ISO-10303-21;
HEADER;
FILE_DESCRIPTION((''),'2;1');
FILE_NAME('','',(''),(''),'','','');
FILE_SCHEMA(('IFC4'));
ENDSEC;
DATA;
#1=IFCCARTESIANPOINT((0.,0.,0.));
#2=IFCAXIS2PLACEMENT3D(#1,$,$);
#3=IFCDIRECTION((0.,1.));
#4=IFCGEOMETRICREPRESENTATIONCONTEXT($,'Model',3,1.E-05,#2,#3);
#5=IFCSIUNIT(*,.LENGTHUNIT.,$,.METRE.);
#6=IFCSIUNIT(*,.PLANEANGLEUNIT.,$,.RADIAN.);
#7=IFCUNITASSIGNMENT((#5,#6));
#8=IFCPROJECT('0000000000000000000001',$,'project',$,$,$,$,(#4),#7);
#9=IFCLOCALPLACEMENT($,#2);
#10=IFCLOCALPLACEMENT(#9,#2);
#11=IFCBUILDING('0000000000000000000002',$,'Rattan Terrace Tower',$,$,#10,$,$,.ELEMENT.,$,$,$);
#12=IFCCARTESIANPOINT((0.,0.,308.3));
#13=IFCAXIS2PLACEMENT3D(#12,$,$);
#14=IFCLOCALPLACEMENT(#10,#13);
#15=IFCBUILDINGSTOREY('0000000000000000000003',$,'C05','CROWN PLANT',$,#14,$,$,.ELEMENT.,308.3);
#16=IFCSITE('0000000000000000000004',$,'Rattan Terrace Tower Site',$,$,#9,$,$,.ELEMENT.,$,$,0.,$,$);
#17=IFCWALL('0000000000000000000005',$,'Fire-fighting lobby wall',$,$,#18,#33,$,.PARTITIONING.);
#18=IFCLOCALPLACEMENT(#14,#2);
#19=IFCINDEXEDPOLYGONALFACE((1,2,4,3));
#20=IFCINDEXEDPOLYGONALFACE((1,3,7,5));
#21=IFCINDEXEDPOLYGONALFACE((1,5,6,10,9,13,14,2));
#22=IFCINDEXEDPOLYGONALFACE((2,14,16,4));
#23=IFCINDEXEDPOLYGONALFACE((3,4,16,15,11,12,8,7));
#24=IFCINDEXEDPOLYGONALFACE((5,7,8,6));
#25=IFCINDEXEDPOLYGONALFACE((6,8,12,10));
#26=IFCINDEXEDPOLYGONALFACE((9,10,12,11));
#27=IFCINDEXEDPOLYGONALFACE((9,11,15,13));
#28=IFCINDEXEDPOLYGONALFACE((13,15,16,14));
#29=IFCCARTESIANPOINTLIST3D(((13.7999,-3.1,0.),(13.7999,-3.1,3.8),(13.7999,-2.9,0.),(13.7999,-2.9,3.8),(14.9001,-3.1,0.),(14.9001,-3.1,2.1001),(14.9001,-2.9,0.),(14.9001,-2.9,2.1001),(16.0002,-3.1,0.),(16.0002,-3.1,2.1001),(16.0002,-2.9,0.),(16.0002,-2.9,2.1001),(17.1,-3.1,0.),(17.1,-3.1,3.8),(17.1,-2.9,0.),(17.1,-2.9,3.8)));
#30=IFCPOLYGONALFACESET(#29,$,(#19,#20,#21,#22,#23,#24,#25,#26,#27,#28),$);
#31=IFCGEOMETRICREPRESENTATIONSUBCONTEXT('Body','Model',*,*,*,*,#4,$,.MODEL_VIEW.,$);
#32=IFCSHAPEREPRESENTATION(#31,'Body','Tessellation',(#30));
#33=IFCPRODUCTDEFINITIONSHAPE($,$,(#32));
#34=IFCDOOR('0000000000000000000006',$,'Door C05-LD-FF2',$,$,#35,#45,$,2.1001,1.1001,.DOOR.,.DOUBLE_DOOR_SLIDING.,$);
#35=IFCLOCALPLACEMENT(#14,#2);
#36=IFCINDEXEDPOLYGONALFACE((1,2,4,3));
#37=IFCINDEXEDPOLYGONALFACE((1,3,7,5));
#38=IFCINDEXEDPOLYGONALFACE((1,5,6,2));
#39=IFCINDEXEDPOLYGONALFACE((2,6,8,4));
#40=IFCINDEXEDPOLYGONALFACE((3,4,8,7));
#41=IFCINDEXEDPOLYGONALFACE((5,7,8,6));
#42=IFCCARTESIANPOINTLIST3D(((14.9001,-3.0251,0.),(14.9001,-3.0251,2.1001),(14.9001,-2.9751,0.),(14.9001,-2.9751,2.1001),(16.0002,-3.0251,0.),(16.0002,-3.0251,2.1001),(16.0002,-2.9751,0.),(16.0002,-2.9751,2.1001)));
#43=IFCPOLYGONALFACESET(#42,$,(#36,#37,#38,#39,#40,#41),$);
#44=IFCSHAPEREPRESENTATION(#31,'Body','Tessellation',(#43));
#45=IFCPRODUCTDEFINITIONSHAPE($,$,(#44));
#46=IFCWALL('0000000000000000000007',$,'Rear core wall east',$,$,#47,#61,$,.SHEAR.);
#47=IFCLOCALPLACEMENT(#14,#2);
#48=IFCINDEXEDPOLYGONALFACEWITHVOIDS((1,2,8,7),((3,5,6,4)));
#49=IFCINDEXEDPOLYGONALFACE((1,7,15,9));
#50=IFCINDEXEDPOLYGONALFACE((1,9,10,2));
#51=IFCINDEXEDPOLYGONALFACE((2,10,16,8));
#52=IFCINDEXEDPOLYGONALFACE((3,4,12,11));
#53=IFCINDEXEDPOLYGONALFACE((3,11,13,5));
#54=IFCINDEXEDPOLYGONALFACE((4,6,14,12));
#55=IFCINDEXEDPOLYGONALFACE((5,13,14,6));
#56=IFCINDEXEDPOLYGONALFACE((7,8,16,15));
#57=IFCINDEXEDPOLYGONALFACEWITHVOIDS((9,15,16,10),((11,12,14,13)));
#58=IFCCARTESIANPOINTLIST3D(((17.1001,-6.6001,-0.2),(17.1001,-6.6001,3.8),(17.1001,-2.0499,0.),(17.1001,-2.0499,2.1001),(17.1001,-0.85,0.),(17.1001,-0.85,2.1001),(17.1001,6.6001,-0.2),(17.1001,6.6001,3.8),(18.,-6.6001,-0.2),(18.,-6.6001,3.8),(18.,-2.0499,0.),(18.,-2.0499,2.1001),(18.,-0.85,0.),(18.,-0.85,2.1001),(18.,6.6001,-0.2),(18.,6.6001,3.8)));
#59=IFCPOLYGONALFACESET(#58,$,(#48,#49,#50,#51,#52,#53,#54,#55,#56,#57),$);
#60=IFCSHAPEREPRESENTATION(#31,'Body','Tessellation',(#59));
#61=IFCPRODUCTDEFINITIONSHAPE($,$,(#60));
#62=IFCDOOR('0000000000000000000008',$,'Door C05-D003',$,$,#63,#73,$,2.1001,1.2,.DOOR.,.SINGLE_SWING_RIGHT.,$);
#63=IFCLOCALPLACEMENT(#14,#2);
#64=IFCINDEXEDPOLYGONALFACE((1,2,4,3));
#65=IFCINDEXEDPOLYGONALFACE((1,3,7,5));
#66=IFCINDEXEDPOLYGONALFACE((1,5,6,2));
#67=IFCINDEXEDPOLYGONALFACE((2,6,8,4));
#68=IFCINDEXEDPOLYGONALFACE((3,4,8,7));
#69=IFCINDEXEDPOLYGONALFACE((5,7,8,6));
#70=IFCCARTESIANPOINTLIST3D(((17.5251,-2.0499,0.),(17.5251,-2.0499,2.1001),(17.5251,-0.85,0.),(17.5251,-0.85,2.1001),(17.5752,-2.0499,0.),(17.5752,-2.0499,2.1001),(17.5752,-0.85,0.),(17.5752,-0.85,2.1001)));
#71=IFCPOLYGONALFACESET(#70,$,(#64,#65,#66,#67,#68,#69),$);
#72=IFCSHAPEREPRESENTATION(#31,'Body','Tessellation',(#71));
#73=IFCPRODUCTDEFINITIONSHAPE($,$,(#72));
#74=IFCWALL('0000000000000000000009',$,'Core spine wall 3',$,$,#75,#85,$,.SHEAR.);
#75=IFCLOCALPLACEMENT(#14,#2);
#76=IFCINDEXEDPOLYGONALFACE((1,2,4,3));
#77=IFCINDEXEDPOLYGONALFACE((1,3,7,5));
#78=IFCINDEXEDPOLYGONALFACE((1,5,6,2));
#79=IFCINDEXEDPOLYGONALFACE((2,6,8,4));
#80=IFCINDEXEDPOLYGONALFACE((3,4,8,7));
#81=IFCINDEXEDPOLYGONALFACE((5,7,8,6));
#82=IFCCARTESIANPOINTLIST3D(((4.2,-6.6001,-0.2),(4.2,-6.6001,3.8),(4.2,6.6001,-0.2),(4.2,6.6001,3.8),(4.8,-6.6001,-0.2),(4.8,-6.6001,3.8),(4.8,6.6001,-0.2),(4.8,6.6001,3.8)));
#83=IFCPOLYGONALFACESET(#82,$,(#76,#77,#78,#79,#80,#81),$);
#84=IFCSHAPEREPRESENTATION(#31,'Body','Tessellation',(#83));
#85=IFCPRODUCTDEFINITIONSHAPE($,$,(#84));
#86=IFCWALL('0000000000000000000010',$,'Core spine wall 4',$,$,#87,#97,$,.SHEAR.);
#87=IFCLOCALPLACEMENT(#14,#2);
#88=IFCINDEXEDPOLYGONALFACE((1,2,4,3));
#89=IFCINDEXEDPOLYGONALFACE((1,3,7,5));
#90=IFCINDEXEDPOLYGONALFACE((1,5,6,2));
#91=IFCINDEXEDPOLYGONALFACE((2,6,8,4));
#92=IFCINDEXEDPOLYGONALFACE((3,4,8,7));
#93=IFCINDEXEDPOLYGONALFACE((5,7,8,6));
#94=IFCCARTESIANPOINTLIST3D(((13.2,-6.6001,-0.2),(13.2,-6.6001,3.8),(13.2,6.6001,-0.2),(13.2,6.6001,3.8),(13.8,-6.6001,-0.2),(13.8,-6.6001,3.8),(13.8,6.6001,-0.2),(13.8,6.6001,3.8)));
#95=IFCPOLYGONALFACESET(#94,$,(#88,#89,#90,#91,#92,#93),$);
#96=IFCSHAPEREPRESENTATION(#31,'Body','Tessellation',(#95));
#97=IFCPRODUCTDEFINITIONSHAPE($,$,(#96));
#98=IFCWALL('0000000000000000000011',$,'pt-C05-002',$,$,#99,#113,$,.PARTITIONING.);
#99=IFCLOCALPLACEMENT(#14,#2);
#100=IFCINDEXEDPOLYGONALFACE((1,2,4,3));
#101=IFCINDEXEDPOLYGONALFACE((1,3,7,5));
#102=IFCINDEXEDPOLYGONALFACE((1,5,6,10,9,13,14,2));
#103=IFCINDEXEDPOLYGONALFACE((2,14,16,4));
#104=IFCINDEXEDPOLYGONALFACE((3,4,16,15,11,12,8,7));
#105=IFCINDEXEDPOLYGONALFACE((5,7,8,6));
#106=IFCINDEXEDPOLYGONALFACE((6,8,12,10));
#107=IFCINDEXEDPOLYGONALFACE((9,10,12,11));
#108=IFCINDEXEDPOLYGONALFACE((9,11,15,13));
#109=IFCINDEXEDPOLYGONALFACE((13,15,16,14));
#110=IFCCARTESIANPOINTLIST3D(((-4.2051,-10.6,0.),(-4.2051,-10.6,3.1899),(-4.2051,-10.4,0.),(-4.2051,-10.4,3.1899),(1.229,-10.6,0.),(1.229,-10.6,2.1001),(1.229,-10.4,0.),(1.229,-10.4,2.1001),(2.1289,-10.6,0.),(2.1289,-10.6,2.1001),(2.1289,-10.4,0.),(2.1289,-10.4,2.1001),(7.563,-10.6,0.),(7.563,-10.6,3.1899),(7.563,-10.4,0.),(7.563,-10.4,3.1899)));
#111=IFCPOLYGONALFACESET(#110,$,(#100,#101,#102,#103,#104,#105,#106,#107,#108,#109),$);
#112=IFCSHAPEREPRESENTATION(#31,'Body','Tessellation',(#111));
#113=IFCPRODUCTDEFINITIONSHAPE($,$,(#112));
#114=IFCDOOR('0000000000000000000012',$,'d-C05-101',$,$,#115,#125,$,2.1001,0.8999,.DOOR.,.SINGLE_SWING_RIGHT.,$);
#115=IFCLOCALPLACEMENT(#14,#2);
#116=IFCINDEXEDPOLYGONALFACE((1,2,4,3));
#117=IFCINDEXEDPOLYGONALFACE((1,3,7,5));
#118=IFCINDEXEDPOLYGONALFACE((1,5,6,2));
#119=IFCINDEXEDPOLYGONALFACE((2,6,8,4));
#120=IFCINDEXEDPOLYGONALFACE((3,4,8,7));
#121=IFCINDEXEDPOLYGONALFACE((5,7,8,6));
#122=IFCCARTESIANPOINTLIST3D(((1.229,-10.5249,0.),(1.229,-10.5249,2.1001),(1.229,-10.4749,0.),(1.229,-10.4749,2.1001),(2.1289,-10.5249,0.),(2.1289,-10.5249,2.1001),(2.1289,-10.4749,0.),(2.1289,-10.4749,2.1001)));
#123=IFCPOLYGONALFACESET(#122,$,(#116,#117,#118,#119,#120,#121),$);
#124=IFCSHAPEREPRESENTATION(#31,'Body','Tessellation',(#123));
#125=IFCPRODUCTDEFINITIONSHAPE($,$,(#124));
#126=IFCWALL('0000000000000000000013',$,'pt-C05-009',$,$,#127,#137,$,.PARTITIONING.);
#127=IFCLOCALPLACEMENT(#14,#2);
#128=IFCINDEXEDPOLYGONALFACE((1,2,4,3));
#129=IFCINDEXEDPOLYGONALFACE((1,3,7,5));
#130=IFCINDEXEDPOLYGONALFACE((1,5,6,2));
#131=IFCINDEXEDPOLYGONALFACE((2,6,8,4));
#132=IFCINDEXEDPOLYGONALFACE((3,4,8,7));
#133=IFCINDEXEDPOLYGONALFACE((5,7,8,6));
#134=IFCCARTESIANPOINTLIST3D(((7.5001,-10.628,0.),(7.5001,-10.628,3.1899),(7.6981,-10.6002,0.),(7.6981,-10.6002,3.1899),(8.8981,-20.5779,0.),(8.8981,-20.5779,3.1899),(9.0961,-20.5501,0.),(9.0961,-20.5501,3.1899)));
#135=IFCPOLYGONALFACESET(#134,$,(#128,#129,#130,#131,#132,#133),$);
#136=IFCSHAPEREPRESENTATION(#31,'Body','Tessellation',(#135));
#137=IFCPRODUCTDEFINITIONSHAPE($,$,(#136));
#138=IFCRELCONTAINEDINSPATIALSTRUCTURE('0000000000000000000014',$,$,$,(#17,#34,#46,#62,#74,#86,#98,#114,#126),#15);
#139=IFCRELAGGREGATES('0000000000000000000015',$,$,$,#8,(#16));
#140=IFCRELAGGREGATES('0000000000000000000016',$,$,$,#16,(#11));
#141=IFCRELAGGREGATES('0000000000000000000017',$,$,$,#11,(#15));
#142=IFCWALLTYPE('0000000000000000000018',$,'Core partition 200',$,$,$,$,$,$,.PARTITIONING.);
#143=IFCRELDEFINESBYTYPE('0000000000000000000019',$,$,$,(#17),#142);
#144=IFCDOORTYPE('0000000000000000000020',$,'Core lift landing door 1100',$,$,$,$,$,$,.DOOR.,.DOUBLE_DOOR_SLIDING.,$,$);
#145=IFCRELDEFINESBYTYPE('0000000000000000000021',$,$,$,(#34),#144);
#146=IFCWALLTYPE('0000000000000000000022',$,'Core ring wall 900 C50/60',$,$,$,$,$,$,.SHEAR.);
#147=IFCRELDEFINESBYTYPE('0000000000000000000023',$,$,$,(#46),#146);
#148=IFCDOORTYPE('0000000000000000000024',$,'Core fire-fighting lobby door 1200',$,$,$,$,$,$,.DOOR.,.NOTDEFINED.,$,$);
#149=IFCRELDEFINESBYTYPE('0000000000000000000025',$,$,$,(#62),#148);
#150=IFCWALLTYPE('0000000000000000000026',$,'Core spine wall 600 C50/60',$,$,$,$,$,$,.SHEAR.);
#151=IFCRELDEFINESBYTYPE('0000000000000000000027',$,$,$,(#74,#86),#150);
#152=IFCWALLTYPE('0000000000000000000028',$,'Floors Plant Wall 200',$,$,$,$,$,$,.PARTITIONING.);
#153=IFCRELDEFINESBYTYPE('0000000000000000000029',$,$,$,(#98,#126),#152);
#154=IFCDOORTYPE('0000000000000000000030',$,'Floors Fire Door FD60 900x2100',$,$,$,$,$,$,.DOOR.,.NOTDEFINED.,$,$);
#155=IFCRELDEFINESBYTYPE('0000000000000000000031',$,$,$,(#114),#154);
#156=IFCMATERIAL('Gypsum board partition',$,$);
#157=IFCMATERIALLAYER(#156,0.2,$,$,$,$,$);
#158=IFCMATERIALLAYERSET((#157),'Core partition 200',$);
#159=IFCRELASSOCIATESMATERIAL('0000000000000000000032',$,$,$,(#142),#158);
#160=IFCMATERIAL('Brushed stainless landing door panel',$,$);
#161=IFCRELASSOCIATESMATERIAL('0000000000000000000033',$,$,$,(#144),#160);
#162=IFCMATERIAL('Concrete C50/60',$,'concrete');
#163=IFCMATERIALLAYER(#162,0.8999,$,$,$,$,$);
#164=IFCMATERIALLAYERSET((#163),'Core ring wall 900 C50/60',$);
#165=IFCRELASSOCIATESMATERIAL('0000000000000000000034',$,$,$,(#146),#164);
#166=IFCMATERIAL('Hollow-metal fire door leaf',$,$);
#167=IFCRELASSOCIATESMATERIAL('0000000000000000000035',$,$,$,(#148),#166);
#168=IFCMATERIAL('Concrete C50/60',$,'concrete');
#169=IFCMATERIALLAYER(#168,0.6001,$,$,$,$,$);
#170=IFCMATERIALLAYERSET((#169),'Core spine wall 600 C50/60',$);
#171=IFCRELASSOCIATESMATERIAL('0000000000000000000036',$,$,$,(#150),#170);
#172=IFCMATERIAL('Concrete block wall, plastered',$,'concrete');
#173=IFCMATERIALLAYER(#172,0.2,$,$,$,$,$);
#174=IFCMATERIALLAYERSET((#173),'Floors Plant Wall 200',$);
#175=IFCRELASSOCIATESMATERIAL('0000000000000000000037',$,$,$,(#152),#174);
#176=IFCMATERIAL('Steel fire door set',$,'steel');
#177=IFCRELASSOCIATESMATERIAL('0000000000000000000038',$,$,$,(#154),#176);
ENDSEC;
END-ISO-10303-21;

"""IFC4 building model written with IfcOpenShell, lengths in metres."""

from ifc_helpers import new_model, si_unit, direction, frame, frame_2d, origin, place, context, subcontext, project, spatial, rectangle, extrude, material, layer, layer_set, type_object, element, fill, save


model = new_model("IFC4")

# Units and contexts
model_context = context("Model", 3, precision=1e-05, world=origin(), true_north=direction((0.0, 1.0)))
body_context = subcontext(model_context, "Body", "Model", "MODEL_VIEW")
ifc_project = project(units=[si_unit("LENGTHUNIT", "METRE"), si_unit("PLANEANGLEUNIT", "RADIAN")], contexts=[model_context])

# Site, building, storey
site_placement = place(None, origin())
site = spatial("IfcSite", under=ifc_project, at=site_placement, Name="Rattan Terrace Tower Site", CompositionType="ELEMENT", RefElevation=0.0)
building_placement = place(site_placement, origin())
building = spatial("IfcBuilding", under=site, at=building_placement, Name="Rattan Terrace Tower", CompositionType="ELEMENT")
storey_placement = place(building_placement, frame((0.0, 0.0, 308.3)))
storey = spatial("IfcBuildingStorey", under=building, at=storey_placement, Name="C05", Description="CROWN PLANT", CompositionType="ELEMENT", Elevation=308.3)

# Walls, openings, doors
ifc_material_1 = material(Name="Gypsum board partition")
ifc_layer_1 = layer(ifc_material_1, 0.2)
ifc_layer_set_1 = layer_set([ifc_layer_1], Name="Core partition 200")
wall_type_1 = type_object("IfcWallType", Name="Core partition 200", PredefinedType="PARTITIONING", material=ifc_layer_set_1)
wall_1_placement = place(storey_placement, frame((13.8, -3.0, 0.0), z_axis=(0.0, 0.0, 1.0), x_axis=(1.0, 0.0, 0.0)))
wall_1 = element("IfcWall", 1, at=wall_1_placement, inside=storey, type_object=wall_type_1, Name="Fire-fighting lobby wall", PredefinedType="PARTITIONING", context=body_context, shape_type="SweptSolid", body=[
    extrude(rectangle(XDim=3.3, YDim=0.2, at=frame_2d((1.6499, 0.0))), origin(), (0.0, 0.0, 1.0), 3.8),
])
opening_1_placement = place(wall_1_placement, frame((1.1001, 0.0, 0.0)))
opening_1 = element("IfcOpeningElement", 2, at=opening_1_placement, cuts=wall_1, PredefinedType="OPENING", context=body_context, shape_type="SweptSolid", body=[
    extrude(rectangle(XDim=1.1001, YDim=2.1001, at=frame_2d((0.55, 1.05))), frame((0.0, 0.1106, 0.0), z_axis=(0.0, -1.0, 0.0), x_axis=(1.0, 0.0, 0.0)), (0.0, 0.0, 1.0), 0.2209),
])
ifc_material_2 = material(Name="Brushed stainless landing door panel")
door_type_1 = type_object("IfcDoorType", Name="Core lift landing door 1100", OperationType="DOUBLE_DOOR_SLIDING", PredefinedType="DOOR", material=ifc_material_2)
door_1_placement = place(opening_1_placement, origin())
door_1 = element("IfcDoor", 3, at=door_1_placement, inside=storey, type_object=door_type_1, Name="Door C05-LD-FF2", OperationType="DOUBLE_DOOR_SLIDING", OverallHeight=2.1001, OverallWidth=1.1001, PredefinedType="DOOR", context=body_context, shape_type="SweptSolid", body=[
    extrude(rectangle(XDim=1.1001, YDim=2.1001, at=frame_2d((0.55, 1.05))), frame((0.0, 0.0249, 0.0), z_axis=(0.0, -1.0, 0.0), x_axis=(1.0, 0.0, 0.0)), (0.0, 0.0, 1.0), 0.05),
])
fill(opening_1, door_1)
ifc_material_3 = material(Name="Concrete C50/60", Category="concrete")
ifc_layer_2 = layer(ifc_material_3, 0.8999)
ifc_layer_set_2 = layer_set([ifc_layer_2], Name="Core ring wall 900 C50/60")
wall_type_2 = type_object("IfcWallType", Name="Core ring wall 900 C50/60", PredefinedType="SHEAR", material=ifc_layer_set_2)
wall_2_placement = place(storey_placement, frame((17.55, -6.6001, -0.2), z_axis=(0.0, 0.0, 1.0), x_axis=(0.0, 1.0, 0.0)))
wall_2 = element("IfcWall", 4, at=wall_2_placement, inside=storey, type_object=wall_type_2, Name="Rear core wall east", PredefinedType="SHEAR", context=body_context, shape_type="SweptSolid", body=[
    extrude(rectangle(XDim=13.2002, YDim=0.8999, at=frame_2d((6.6001, 0.0))), origin(), (0.0, 0.0, 1.0), 4.0),
])
opening_2_placement = place(wall_2_placement, frame((4.55, 0.0, 0.2)))
opening_2 = element("IfcOpeningElement", 5, at=opening_2_placement, cuts=wall_2, PredefinedType="OPENING", context=body_context, shape_type="SweptSolid", body=[
    extrude(rectangle(XDim=1.2, YDim=2.1001, at=frame_2d((0.6001, 1.05))), frame((0.0, 0.4604, 0.0), z_axis=(0.0, -1.0, 0.0), x_axis=(1.0, 0.0, 0.0)), (0.0, 0.0, 1.0), 0.9209),
])
ifc_material_4 = material(Name="Hollow-metal fire door leaf")
door_type_2 = type_object("IfcDoorType", Name="Core fire-fighting lobby door 1200", OperationType="NOTDEFINED", PredefinedType="DOOR", material=ifc_material_4)
door_2_placement = place(opening_2_placement, origin())
door_2 = element("IfcDoor", 6, at=door_2_placement, inside=storey, type_object=door_type_2, Name="Door C05-D003", OperationType="SINGLE_SWING_RIGHT", OverallHeight=2.1001, OverallWidth=1.2, PredefinedType="DOOR", context=body_context, shape_type="SweptSolid", body=[
    extrude(rectangle(XDim=1.2, YDim=2.1001, at=frame_2d((0.6001, 1.05))), frame((0.0, 0.0249, 0.0), z_axis=(0.0, -1.0, 0.0), x_axis=(1.0, 0.0, 0.0)), (0.0, 0.0, 1.0), 0.05),
])
fill(opening_2, door_2)

# Walls
ifc_material_5 = material(Name="Concrete C50/60", Category="concrete")
ifc_layer_3 = layer(ifc_material_5, 0.6001)
ifc_layer_set_3 = layer_set([ifc_layer_3], Name="Core spine wall 600 C50/60")
wall_type_3 = type_object("IfcWallType", Name="Core spine wall 600 C50/60", PredefinedType="SHEAR", material=ifc_layer_set_3)
for number, where, z_axis, x_axis, name in (
    (7, (4.5, -6.6001, -0.2), (0.0, 0.0, 1.0), (0.0, 1.0, 0.0), "Core spine wall 3"),
    (8, (13.5, -6.6001, -0.2), (0.0, 0.0, 1.0), (0.0, 1.0, 0.0), "Core spine wall 4"),
):
    element("IfcWall", number, at=place(storey_placement, frame(where, z_axis=z_axis, x_axis=x_axis)), inside=storey, type_object=wall_type_3, Name=name, PredefinedType="SHEAR", context=body_context, shape_type="SweptSolid", body=[
        extrude(rectangle(XDim=13.2002, YDim=0.6001, at=frame_2d((6.6001, 0.0))), origin(), (0.0, 0.0, 1.0), 4.0),
    ])

# Wall, opening, door
ifc_material_6 = material(Name="Concrete block wall, plastered", Category="concrete")
ifc_layer_4 = layer(ifc_material_6, 0.2)
ifc_layer_set_4 = layer_set([ifc_layer_4], Name="Floors Plant Wall 200")
wall_type_4 = type_object("IfcWallType", Name="Floors Plant Wall 200", PredefinedType="PARTITIONING", material=ifc_layer_set_4)
wall_3_placement = place(storey_placement, frame((7.563, -10.5, 0.0), z_axis=(0.0, 0.0, 1.0), x_axis=(-1.0, 0.0, 0.0)))
wall_3 = element("IfcWall", 9, at=wall_3_placement, inside=storey, type_object=wall_type_4, Name="pt-C05-002", PredefinedType="PARTITIONING", context=body_context, shape_type="SweptSolid", body=[
    extrude(rectangle(XDim=11.7681, YDim=0.2, at=frame_2d((5.884, 0.0))), origin(), (0.0, 0.0, 1.0), 3.1899),
])
opening_3_placement = place(wall_3_placement, frame((5.4341, 0.0, 0.0)))
opening_3 = element("IfcOpeningElement", 10, at=opening_3_placement, cuts=wall_3, PredefinedType="OPENING", context=body_context, shape_type="SweptSolid", body=[
    extrude(rectangle(XDim=0.8999, YDim=2.1001, at=frame_2d((0.45, 1.05))), frame((0.0, 0.1106, 0.0), z_axis=(0.0, -1.0, 0.0), x_axis=(1.0, 0.0, 0.0)), (0.0, 0.0, 1.0), 0.2209),
])
ifc_material_7 = material(Name="Steel fire door set", Category="steel")
door_type_3 = type_object("IfcDoorType", Name="Floors Fire Door FD60 900x2100", OperationType="NOTDEFINED", PredefinedType="DOOR", material=ifc_material_7)
door_3_placement = place(opening_3_placement, origin())
door_3 = element("IfcDoor", 11, at=door_3_placement, inside=storey, type_object=door_type_3, Name="d-C05-101", OperationType="SINGLE_SWING_RIGHT", OverallHeight=2.1001, OverallWidth=0.8999, PredefinedType="DOOR", context=body_context, shape_type="SweptSolid", body=[
    extrude(rectangle(XDim=0.8999, YDim=2.1001, at=frame_2d((0.45, 1.05))), frame((0.0, 0.0249, 0.0), z_axis=(0.0, -1.0, 0.0), x_axis=(1.0, 0.0, 0.0)), (0.0, 0.0, 1.0), 0.05),
])
fill(opening_3, door_3)

# Wall
wall_4_placement = place(storey_placement, frame((7.5991, -10.614, 0.0), z_axis=(0.0, 0.0, 1.0), x_axis=(0.139132, -0.990274, 0.0)))
element("IfcWall", 12, at=wall_4_placement, inside=storey, type_object=wall_type_4, Name="pt-C05-009", PredefinedType="PARTITIONING", context=body_context, shape_type="SweptSolid", body=[
    extrude(rectangle(XDim=10.0476, YDim=0.2, at=frame_2d((5.0239, 0.0))), origin(), (0.0, 0.0, 1.0), 3.1899),
])

save(model, "model.ifc")
